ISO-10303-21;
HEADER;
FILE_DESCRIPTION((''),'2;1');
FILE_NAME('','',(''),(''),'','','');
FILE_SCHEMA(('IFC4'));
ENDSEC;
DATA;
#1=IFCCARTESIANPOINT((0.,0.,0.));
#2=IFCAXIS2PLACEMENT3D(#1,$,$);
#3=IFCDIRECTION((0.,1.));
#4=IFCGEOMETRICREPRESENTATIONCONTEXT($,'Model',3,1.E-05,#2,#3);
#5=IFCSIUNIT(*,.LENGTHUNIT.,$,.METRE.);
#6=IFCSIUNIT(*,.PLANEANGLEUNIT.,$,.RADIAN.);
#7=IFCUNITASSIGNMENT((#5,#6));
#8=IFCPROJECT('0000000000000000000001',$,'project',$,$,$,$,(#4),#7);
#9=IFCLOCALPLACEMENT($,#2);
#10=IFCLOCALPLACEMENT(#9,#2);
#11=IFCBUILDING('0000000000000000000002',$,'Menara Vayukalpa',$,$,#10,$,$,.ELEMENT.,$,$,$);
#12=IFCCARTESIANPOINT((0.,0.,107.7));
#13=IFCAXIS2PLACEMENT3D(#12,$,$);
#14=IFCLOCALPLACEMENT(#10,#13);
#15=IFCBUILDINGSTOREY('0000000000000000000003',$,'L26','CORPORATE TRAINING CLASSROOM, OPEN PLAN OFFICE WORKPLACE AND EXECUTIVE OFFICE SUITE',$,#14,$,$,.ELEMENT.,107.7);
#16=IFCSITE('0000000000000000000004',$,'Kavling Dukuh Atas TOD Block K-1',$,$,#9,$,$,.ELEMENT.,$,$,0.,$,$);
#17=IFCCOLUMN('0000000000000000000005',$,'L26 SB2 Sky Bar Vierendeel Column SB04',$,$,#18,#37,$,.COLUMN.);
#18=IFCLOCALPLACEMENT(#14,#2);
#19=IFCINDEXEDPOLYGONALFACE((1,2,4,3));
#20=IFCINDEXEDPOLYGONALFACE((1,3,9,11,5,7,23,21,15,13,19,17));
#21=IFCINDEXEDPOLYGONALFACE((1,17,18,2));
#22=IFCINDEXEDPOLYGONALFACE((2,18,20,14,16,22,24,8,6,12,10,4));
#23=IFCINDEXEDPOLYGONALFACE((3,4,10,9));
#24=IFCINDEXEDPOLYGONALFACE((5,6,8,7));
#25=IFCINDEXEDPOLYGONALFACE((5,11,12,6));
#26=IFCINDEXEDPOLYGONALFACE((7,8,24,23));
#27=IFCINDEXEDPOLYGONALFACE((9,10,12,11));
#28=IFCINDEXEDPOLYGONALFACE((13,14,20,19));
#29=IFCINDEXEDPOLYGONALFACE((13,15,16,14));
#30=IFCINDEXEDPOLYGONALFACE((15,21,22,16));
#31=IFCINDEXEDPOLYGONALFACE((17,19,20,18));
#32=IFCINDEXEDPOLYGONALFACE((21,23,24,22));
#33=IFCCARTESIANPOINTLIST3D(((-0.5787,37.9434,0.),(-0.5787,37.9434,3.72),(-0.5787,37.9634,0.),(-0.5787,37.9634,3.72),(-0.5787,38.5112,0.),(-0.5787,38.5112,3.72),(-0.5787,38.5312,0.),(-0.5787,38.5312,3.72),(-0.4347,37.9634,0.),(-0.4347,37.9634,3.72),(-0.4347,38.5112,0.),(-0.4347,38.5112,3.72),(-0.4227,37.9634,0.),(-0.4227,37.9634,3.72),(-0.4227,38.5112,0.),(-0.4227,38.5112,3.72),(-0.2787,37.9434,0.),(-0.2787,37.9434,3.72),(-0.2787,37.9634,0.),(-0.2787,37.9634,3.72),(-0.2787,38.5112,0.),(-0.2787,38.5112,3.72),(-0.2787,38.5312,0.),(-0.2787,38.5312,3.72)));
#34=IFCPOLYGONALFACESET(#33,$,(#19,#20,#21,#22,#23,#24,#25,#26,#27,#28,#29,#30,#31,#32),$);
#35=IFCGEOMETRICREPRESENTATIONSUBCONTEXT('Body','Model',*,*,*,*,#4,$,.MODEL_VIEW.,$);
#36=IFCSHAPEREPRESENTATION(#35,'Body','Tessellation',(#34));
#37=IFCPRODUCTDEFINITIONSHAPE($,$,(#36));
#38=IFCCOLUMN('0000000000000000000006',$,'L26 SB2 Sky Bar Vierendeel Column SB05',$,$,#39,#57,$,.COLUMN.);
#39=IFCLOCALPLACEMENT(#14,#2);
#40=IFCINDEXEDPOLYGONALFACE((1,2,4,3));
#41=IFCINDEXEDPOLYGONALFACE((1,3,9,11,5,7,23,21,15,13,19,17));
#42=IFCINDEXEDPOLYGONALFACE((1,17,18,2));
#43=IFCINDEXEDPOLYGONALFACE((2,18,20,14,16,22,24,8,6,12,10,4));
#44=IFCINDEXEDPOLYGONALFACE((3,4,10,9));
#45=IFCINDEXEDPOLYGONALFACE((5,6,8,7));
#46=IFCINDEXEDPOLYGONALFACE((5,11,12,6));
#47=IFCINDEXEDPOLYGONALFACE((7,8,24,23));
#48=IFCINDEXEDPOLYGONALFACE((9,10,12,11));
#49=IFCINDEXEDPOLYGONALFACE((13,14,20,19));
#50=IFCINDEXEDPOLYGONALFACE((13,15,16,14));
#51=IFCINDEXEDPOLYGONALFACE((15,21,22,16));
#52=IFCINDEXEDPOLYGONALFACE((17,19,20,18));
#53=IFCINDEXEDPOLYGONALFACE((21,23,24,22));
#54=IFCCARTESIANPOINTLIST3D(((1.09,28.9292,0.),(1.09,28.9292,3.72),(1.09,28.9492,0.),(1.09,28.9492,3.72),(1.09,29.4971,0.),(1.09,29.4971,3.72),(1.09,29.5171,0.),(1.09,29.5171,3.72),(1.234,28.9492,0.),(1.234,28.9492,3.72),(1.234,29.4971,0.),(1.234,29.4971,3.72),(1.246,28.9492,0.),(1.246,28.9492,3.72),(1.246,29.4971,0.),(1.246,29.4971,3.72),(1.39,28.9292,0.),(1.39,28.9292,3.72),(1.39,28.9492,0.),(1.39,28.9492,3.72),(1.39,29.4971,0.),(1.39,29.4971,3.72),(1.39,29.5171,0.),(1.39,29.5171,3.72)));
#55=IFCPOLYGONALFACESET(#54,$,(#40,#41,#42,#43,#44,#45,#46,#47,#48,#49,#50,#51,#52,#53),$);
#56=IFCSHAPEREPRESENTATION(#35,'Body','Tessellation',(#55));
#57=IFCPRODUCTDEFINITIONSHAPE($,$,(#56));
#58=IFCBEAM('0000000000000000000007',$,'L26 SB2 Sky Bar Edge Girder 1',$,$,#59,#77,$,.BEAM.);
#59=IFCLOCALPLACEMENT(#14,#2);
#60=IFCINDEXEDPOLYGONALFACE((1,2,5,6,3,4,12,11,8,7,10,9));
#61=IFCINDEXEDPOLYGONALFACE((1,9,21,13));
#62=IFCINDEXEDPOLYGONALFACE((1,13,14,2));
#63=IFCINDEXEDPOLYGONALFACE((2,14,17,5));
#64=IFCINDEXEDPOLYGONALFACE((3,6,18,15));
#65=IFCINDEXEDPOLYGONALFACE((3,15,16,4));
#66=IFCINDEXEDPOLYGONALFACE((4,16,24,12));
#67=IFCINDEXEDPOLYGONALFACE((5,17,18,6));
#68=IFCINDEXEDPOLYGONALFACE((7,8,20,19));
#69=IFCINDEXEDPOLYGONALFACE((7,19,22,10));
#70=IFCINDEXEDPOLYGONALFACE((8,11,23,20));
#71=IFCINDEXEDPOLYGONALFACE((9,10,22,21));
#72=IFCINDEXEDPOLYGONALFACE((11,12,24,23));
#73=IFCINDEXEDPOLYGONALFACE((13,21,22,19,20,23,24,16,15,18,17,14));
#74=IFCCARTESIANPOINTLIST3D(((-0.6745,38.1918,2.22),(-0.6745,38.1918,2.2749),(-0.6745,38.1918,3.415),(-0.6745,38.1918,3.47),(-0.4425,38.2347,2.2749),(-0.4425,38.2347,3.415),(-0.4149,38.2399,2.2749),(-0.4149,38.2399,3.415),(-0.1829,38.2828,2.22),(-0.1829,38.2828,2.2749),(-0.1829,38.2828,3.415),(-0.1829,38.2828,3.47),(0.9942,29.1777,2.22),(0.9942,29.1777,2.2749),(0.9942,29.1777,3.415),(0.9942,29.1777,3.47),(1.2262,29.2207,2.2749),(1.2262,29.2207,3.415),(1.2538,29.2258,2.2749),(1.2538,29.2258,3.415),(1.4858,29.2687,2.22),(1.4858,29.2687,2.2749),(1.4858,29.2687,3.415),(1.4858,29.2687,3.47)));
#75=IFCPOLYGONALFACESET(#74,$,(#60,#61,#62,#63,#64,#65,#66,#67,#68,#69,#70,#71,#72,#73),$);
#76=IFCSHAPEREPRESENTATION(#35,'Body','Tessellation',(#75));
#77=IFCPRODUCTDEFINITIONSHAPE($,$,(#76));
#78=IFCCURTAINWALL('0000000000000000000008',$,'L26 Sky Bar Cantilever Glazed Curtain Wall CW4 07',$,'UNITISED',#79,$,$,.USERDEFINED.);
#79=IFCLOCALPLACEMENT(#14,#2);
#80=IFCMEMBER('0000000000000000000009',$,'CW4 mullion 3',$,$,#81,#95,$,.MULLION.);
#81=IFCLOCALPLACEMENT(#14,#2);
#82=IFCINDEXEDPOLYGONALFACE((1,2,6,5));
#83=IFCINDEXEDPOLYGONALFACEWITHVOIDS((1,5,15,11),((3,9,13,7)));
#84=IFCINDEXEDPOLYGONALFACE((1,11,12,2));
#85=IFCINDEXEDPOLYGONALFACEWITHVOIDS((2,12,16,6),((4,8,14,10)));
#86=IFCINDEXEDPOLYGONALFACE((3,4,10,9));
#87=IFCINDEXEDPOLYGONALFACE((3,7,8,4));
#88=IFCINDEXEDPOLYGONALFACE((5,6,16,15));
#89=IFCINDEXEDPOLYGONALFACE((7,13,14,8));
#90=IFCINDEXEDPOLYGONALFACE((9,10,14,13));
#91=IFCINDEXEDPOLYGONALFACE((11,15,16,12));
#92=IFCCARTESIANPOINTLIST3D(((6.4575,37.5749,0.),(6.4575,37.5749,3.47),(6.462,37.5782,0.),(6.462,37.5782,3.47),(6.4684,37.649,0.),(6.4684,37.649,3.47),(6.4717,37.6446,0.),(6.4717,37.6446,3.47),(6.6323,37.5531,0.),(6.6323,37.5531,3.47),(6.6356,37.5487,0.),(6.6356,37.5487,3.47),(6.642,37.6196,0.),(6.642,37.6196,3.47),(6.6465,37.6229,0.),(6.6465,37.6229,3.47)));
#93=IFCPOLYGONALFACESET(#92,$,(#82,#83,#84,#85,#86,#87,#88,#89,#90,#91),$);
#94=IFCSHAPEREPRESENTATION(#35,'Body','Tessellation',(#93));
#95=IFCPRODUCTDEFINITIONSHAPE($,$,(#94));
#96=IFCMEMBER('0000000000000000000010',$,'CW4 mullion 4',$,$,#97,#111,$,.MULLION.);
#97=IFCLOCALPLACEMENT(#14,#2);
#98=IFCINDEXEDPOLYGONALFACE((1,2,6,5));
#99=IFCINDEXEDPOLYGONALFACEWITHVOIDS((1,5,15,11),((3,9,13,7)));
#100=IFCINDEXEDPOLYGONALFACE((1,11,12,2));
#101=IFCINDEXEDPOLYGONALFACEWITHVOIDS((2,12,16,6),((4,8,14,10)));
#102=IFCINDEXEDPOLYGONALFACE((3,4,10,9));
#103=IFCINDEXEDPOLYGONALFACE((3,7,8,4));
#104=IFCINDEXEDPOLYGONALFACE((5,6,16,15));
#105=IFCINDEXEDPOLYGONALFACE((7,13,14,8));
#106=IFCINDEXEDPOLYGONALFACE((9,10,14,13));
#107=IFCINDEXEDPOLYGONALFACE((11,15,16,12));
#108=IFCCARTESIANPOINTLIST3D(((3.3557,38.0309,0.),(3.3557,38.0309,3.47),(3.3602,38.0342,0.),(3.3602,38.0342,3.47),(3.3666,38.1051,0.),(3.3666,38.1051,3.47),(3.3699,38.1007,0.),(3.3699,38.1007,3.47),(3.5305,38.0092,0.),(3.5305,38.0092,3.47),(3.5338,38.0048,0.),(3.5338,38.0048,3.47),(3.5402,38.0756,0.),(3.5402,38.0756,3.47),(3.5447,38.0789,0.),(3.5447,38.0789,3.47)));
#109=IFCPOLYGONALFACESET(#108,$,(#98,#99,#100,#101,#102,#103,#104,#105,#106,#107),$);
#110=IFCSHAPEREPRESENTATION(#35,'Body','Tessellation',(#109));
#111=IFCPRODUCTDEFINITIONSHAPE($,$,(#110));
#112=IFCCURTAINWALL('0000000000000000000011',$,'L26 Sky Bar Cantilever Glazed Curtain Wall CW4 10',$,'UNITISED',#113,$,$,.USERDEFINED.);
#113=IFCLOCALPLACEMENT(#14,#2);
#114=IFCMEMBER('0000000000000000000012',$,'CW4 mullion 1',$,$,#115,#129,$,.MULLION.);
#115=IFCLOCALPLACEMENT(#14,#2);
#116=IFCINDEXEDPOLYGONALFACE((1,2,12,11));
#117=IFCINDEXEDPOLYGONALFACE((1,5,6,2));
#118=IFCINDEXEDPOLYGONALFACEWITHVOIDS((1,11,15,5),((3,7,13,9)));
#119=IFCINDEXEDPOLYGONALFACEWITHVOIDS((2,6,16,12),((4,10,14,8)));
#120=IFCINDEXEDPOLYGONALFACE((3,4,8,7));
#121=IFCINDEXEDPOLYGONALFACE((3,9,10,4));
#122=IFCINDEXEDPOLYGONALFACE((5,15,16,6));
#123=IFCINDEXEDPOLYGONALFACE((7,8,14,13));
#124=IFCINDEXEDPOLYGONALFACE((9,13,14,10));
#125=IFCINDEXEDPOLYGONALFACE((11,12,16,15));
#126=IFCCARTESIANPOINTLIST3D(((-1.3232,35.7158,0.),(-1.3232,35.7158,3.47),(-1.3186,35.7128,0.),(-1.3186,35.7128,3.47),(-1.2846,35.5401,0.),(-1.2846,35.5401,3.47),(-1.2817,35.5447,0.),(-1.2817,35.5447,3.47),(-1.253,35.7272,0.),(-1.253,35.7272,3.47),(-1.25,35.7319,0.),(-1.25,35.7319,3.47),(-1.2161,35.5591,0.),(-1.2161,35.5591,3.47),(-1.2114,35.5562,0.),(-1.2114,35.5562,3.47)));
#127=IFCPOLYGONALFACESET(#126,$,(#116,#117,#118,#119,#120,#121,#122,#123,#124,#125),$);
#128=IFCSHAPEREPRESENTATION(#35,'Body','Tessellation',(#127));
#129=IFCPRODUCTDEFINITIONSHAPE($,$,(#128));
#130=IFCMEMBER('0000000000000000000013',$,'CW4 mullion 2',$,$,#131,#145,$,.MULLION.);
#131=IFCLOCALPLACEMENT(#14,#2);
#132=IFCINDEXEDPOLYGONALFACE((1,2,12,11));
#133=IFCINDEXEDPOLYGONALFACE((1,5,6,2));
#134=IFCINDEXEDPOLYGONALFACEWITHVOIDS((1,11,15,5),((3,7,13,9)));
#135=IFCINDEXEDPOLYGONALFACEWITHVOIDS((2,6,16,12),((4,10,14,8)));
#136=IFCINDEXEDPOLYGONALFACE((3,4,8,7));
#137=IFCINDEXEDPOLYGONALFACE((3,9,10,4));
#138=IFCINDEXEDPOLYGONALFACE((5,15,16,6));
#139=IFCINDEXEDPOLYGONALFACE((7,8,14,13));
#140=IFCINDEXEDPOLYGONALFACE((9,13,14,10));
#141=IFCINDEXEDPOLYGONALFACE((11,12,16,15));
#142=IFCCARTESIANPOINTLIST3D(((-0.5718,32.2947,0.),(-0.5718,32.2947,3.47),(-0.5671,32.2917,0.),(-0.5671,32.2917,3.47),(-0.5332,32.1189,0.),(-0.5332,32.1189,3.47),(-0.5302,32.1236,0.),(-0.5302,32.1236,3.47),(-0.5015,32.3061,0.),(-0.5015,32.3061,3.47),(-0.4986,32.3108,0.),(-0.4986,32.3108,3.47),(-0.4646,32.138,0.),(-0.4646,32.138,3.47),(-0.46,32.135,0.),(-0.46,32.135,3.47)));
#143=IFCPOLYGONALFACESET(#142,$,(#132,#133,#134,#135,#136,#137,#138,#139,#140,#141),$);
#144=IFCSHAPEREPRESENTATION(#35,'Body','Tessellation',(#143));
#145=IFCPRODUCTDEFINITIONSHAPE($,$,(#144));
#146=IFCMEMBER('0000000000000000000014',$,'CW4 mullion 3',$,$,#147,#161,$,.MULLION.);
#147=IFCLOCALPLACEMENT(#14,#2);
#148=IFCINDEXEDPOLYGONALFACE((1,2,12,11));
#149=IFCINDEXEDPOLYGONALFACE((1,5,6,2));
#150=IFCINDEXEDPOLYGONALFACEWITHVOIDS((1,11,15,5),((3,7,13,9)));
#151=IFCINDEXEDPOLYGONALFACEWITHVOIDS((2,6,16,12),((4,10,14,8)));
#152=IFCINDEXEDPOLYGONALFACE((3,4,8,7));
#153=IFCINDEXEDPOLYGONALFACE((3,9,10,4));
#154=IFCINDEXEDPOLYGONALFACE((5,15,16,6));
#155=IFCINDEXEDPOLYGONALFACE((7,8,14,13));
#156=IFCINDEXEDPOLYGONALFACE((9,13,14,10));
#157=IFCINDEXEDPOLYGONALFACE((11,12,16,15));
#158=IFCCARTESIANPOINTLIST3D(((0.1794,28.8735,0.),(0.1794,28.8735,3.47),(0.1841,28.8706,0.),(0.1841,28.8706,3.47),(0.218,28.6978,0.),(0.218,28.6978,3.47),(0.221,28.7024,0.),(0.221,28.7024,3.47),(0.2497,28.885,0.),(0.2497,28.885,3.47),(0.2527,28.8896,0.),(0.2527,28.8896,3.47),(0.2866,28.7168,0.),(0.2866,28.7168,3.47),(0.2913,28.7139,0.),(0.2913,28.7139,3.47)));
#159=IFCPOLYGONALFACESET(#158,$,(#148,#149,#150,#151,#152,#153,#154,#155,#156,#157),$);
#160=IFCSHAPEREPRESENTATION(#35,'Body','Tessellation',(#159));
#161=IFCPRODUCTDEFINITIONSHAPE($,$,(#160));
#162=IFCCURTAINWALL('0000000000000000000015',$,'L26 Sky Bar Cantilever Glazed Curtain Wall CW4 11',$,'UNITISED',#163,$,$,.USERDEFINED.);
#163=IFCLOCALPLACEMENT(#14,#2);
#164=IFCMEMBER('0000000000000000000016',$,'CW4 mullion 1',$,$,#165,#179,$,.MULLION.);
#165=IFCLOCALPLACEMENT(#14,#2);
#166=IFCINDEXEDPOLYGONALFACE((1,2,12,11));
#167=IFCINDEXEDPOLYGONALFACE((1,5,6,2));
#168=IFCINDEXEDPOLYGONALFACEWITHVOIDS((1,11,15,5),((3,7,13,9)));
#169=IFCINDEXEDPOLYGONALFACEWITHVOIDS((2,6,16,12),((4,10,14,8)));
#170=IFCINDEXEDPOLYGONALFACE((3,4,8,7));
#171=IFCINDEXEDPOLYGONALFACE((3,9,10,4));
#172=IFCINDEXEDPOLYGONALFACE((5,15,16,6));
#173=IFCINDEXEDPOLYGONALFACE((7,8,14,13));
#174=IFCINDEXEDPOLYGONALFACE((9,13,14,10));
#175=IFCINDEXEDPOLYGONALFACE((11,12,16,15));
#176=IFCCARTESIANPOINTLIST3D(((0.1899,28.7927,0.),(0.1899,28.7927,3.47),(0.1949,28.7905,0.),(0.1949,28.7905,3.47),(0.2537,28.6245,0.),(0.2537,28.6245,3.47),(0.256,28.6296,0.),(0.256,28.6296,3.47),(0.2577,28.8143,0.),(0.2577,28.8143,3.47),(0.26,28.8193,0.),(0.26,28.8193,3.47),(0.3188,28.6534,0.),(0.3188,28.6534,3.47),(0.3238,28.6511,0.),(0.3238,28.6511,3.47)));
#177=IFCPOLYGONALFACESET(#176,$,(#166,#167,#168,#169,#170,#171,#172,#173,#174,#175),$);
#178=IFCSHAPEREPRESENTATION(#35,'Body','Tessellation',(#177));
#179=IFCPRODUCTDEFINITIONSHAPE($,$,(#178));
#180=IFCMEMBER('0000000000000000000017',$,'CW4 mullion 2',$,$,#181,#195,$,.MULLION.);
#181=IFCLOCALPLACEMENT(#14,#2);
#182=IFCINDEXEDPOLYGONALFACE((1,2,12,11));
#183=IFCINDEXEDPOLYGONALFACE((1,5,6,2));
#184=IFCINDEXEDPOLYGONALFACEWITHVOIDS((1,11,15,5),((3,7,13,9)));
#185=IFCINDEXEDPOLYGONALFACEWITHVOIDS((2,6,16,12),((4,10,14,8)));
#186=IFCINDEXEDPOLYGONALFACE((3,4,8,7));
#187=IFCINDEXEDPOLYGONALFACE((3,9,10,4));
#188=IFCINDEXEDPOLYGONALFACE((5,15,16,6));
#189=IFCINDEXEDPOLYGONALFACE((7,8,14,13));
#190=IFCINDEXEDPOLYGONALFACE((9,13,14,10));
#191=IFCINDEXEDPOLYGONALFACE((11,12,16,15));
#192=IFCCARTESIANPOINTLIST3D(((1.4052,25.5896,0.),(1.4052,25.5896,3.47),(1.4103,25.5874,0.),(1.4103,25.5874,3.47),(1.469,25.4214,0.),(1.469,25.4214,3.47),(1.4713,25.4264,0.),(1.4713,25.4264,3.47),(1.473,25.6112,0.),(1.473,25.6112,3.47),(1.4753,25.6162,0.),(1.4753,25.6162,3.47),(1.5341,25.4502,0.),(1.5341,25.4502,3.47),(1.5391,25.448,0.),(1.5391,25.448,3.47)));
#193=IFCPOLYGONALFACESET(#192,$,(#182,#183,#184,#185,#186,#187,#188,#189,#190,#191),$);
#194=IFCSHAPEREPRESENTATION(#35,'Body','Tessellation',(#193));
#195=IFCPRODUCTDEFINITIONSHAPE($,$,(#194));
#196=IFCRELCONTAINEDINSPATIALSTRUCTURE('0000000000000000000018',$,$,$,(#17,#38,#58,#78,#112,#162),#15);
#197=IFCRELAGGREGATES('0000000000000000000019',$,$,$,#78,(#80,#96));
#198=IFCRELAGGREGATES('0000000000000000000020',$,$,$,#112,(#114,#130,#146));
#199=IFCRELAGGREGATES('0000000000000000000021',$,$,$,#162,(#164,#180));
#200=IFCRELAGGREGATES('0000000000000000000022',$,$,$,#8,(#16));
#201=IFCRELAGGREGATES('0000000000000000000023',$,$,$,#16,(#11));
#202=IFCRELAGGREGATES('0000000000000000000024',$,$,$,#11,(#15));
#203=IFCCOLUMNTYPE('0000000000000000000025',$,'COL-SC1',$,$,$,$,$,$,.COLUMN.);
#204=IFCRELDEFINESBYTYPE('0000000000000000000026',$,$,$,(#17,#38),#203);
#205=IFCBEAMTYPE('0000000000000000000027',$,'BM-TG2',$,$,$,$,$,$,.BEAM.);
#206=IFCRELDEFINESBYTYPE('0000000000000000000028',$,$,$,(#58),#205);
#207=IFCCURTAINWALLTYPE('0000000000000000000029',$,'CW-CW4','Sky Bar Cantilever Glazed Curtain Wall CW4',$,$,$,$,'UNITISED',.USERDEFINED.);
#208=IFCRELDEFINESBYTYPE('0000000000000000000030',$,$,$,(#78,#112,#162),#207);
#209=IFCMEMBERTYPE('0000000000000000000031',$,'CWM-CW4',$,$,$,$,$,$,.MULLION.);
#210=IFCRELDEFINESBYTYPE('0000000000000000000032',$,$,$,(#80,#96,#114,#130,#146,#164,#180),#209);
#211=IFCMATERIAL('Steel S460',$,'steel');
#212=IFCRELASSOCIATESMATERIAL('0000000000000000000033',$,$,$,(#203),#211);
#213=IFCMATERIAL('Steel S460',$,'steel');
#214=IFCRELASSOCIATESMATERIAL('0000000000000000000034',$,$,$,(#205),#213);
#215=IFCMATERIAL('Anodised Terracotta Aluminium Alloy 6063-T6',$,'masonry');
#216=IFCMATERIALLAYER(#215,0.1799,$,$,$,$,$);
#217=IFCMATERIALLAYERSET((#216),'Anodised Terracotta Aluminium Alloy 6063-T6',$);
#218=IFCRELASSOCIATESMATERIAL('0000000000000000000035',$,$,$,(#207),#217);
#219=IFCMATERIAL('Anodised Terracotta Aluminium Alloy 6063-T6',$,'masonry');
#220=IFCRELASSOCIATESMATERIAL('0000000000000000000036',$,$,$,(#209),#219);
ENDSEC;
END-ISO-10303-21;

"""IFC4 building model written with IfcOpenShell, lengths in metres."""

from ifc_helpers import new_model, si_unit, direction, frame, origin, origin_2d, place, context, subcontext, project, spatial, hollow_rectangle, i_section, extrude, material, layer, layer_set, material_profile, profile_set, type_object, element, aggregate, save


model = new_model("IFC4")

# Units and contexts
model_context = context("Model", 3, precision=1e-05, world=origin(), true_north=direction((0.0, 1.0)))
body_context = subcontext(model_context, "Body", "Model", "MODEL_VIEW")
ifc_project = project(units=[si_unit("LENGTHUNIT", "METRE"), si_unit("PLANEANGLEUNIT", "RADIAN")], contexts=[model_context])

# Site, building, storey
site_placement = place(None, origin())
site = spatial("IfcSite", under=ifc_project, at=site_placement, Name="Kavling Dukuh Atas TOD Block K-1", CompositionType="ELEMENT", RefElevation=0.0)
building_placement = place(site_placement, origin())
building = spatial("IfcBuilding", under=site, at=building_placement, Name="Menara Vayukalpa", CompositionType="ELEMENT")
storey_placement = place(building_placement, frame((0.0, 0.0, 107.7)))
storey = spatial("IfcBuildingStorey", under=building, at=storey_placement, Name="L26", Description="CORPORATE TRAINING CLASSROOM, OPEN PLAN OFFICE WORKPLACE AND EXECUTIVE OFFICE SUITE", CompositionType="ELEMENT", Elevation=107.7)

# Columns
ifc_material_1 = material(Name="Steel S460", Category="steel")
ifc_material_profile_1 = material_profile(ifc_material_1, i_section(OverallWidth=0.3, OverallDepth=0.5879, WebThickness=0.012, FlangeThickness=0.02, at=origin_2d()), Name="H 588x300x12x20")
ifc_profile_set_1 = profile_set([ifc_material_profile_1], Name="Steel S460")
column_type = type_object("IfcColumnType", Name="COL-SC1", PredefinedType="COLUMN", material=ifc_profile_set_1)
for number, where, z_axis, x_axis, name in (
    (1, (-0.4287, 38.2373, 0.0), (0.0, 0.0, 1.0), (1.0, 0.0, 0.0), "L26 SB2 Sky Bar Vierendeel Column SB04"),
    (2, (1.24, 29.2231, 0.0), (0.0, 0.0, 1.0), (1.0, 0.0, 0.0), "L26 SB2 Sky Bar Vierendeel Column SB05"),
):
    element("IfcColumn", number, at=place(storey_placement, frame(where, z_axis=z_axis, x_axis=x_axis)), inside=storey, type_object=column_type, Name=name, PredefinedType="COLUMN", context=body_context, shape_type="SweptSolid", body=[
        extrude(i_section(OverallWidth=0.3, OverallDepth=0.5879, WebThickness=0.012, FlangeThickness=0.02, at=origin_2d()), origin(), (0.0, 0.0, 1.0), 3.72),
    ])

# Beam
ifc_material_2 = material(Name="Steel S460", Category="steel")
ifc_material_profile_2 = material_profile(ifc_material_2, i_section(OverallWidth=0.5, OverallDepth=1.25, WebThickness=0.0281, FlangeThickness=0.0549, at=origin_2d()), Name="WG 1250x500x28x55")
ifc_profile_set_2 = profile_set([ifc_material_profile_2], Name="Steel S460")
beam_type = type_object("IfcBeamType", Name="BM-TG2", PredefinedType="BEAM", material=ifc_profile_set_2)
beam_placement = place(storey_placement, frame((-0.4287, 38.2373, 2.845), z_axis=(0.182027, -0.983293, 0.0), x_axis=(0.983293, 0.182027, 0.0)))
element("IfcBeam", 3, at=beam_placement, inside=storey, type_object=beam_type, Name="L26 SB2 Sky Bar Edge Girder 1", PredefinedType="BEAM", context=body_context, shape_type="SweptSolid", body=[
    extrude(i_section(OverallWidth=0.5, OverallDepth=1.25, WebThickness=0.0281, FlangeThickness=0.0549, at=origin_2d()), origin(), (0.0, 0.0, 1.0), 9.1672),
])

# Curtain walls, members
ifc_material_3 = material(Name="Anodised Terracotta Aluminium Alloy 6063-T6", Category="masonry")
ifc_layer_1 = layer(ifc_material_3, 0.1799)
ifc_layer_set_1 = layer_set([ifc_layer_1], Name="Anodised Terracotta Aluminium Alloy 6063-T6")
curtain_wall_type = type_object("IfcCurtainWallType", Name="CW-CW4", Description="Sky Bar Cantilever Glazed Curtain Wall CW4", ElementType="UNITISED", PredefinedType="USERDEFINED", material=ifc_layer_set_1)
curtain_wall_1_placement = place(storey_placement, origin())
curtain_wall_1 = element("IfcCurtainWall", 4, at=curtain_wall_1_placement, inside=storey, type_object=curtain_wall_type, Name="L26 Sky Bar Cantilever Glazed Curtain Wall CW4 07", ObjectType="UNITISED", PredefinedType="USERDEFINED")
ifc_material_4 = material(Name="Anodised Terracotta Aluminium Alloy 6063-T6", Category="masonry")
ifc_material_profile_3 = material_profile(ifc_material_4, hollow_rectangle(XDim=0.075, YDim=0.1799, WallThickness=0.0039, at=origin_2d()), Name="ALU 75x180x4")
ifc_profile_set_3 = profile_set([ifc_material_profile_3], Name="Anodised Terracotta Aluminium Alloy 6063-T6")
member_type_1 = type_object("IfcMemberType", Name="CWM-CW4", PredefinedType="MULLION", material=ifc_profile_set_3)
member_1_placement = place(storey_placement, frame((6.552, 37.5989, 0.0), z_axis=(0.0, 0.0, 1.0), x_axis=(-0.145451, -0.989365, 0.0)))
member_1 = element("IfcMember", 5, at=member_1_placement, type_object=member_type_1, Name="CW4 mullion 3", PredefinedType="MULLION", context=body_context, shape_type="SweptSolid", body=[
    extrude(hollow_rectangle(XDim=0.075, YDim=0.1799, WallThickness=0.0039, at=origin_2d()), origin(), (0.0, 0.0, 1.0), 3.47),
])
member_2_placement = place(storey_placement, frame((3.4502, 38.0549, 0.0), z_axis=(0.0, 0.0, 1.0), x_axis=(-0.145451, -0.989365, 0.0)))
member_2 = element("IfcMember", 6, at=member_2_placement, type_object=member_type_1, Name="CW4 mullion 4", PredefinedType="MULLION", context=body_context, shape_type="SweptSolid", body=[
    extrude(hollow_rectangle(XDim=0.075, YDim=0.1799, WallThickness=0.0039, at=origin_2d()), origin(), (0.0, 0.0, 1.0), 3.47),
])
curtain_wall_2_placement = place(storey_placement, origin())
curtain_wall_2 = element("IfcCurtainWall", 7, at=curtain_wall_2_placement, inside=storey, type_object=curtain_wall_type, Name="L26 Sky Bar Cantilever Glazed Curtain Wall CW4 10", ObjectType="UNITISED", PredefinedType="USERDEFINED")
member_3_placement = place(storey_placement, frame((-1.2673, 35.636, 0.0), z_axis=(0.0, 0.0, 1.0), x_axis=(0.976722, 0.21451, 0.0)))
member_3 = element("IfcMember", 8, at=member_3_placement, type_object=member_type_1, Name="CW4 mullion 1", PredefinedType="MULLION", context=body_context, shape_type="SweptSolid", body=[
    extrude(hollow_rectangle(XDim=0.075, YDim=0.1799, WallThickness=0.0039, at=origin_2d()), origin(), (0.0, 0.0, 1.0), 3.47),
])
member_4_placement = place(storey_placement, frame((-0.5159, 32.2148, 0.0), z_axis=(0.0, 0.0, 1.0), x_axis=(0.976722, 0.21451, 0.0)))
member_4 = element("IfcMember", 9, at=member_4_placement, type_object=member_type_1, Name="CW4 mullion 2", PredefinedType="MULLION", context=body_context, shape_type="SweptSolid", body=[
    extrude(hollow_rectangle(XDim=0.075, YDim=0.1799, WallThickness=0.0039, at=origin_2d()), origin(), (0.0, 0.0, 1.0), 3.47),
])
member_5_placement = place(storey_placement, frame((0.2354, 28.7937, 0.0), z_axis=(0.0, 0.0, 1.0), x_axis=(0.976722, 0.21451, 0.0)))
member_5 = element("IfcMember", 10, at=member_5_placement, type_object=member_type_1, Name="CW4 mullion 3", PredefinedType="MULLION", context=body_context, shape_type="SweptSolid", body=[
    extrude(hollow_rectangle(XDim=0.075, YDim=0.1799, WallThickness=0.0039, at=origin_2d()), origin(), (0.0, 0.0, 1.0), 3.47),
])
curtain_wall_3_placement = place(storey_placement, origin())
curtain_wall_3 = element("IfcCurtainWall", 11, at=curtain_wall_3_placement, inside=storey, type_object=curtain_wall_type, Name="L26 Sky Bar Cantilever Glazed Curtain Wall CW4 11", ObjectType="UNITISED", PredefinedType="USERDEFINED")
member_6_placement = place(storey_placement, frame((0.2568, 28.7219, 0.0), z_axis=(0.0, 0.0, 1.0), x_axis=(0.934964, 0.354742, 0.0)))
member_6 = element("IfcMember", 12, at=member_6_placement, type_object=member_type_1, Name="CW4 mullion 1", PredefinedType="MULLION", context=body_context, shape_type="SweptSolid", body=[
    extrude(hollow_rectangle(XDim=0.075, YDim=0.1799, WallThickness=0.0039, at=origin_2d()), origin(), (0.0, 0.0, 1.0), 3.47),
])
member_7_placement = place(storey_placement, frame((1.4722, 25.5188, 0.0), z_axis=(0.0, 0.0, 1.0), x_axis=(0.934964, 0.354742, 0.0)))
member_7 = element("IfcMember", 13, at=member_7_placement, type_object=member_type_1, Name="CW4 mullion 2", PredefinedType="MULLION", context=body_context, shape_type="SweptSolid", body=[
    extrude(hollow_rectangle(XDim=0.075, YDim=0.1799, WallThickness=0.0039, at=origin_2d()), origin(), (0.0, 0.0, 1.0), 3.47),
])

aggregate(curtain_wall_1, [member_1, member_2])
aggregate(curtain_wall_2, [member_3, member_4, member_5])
aggregate(curtain_wall_3, [member_6, member_7])

save(model, "model.ifc")
